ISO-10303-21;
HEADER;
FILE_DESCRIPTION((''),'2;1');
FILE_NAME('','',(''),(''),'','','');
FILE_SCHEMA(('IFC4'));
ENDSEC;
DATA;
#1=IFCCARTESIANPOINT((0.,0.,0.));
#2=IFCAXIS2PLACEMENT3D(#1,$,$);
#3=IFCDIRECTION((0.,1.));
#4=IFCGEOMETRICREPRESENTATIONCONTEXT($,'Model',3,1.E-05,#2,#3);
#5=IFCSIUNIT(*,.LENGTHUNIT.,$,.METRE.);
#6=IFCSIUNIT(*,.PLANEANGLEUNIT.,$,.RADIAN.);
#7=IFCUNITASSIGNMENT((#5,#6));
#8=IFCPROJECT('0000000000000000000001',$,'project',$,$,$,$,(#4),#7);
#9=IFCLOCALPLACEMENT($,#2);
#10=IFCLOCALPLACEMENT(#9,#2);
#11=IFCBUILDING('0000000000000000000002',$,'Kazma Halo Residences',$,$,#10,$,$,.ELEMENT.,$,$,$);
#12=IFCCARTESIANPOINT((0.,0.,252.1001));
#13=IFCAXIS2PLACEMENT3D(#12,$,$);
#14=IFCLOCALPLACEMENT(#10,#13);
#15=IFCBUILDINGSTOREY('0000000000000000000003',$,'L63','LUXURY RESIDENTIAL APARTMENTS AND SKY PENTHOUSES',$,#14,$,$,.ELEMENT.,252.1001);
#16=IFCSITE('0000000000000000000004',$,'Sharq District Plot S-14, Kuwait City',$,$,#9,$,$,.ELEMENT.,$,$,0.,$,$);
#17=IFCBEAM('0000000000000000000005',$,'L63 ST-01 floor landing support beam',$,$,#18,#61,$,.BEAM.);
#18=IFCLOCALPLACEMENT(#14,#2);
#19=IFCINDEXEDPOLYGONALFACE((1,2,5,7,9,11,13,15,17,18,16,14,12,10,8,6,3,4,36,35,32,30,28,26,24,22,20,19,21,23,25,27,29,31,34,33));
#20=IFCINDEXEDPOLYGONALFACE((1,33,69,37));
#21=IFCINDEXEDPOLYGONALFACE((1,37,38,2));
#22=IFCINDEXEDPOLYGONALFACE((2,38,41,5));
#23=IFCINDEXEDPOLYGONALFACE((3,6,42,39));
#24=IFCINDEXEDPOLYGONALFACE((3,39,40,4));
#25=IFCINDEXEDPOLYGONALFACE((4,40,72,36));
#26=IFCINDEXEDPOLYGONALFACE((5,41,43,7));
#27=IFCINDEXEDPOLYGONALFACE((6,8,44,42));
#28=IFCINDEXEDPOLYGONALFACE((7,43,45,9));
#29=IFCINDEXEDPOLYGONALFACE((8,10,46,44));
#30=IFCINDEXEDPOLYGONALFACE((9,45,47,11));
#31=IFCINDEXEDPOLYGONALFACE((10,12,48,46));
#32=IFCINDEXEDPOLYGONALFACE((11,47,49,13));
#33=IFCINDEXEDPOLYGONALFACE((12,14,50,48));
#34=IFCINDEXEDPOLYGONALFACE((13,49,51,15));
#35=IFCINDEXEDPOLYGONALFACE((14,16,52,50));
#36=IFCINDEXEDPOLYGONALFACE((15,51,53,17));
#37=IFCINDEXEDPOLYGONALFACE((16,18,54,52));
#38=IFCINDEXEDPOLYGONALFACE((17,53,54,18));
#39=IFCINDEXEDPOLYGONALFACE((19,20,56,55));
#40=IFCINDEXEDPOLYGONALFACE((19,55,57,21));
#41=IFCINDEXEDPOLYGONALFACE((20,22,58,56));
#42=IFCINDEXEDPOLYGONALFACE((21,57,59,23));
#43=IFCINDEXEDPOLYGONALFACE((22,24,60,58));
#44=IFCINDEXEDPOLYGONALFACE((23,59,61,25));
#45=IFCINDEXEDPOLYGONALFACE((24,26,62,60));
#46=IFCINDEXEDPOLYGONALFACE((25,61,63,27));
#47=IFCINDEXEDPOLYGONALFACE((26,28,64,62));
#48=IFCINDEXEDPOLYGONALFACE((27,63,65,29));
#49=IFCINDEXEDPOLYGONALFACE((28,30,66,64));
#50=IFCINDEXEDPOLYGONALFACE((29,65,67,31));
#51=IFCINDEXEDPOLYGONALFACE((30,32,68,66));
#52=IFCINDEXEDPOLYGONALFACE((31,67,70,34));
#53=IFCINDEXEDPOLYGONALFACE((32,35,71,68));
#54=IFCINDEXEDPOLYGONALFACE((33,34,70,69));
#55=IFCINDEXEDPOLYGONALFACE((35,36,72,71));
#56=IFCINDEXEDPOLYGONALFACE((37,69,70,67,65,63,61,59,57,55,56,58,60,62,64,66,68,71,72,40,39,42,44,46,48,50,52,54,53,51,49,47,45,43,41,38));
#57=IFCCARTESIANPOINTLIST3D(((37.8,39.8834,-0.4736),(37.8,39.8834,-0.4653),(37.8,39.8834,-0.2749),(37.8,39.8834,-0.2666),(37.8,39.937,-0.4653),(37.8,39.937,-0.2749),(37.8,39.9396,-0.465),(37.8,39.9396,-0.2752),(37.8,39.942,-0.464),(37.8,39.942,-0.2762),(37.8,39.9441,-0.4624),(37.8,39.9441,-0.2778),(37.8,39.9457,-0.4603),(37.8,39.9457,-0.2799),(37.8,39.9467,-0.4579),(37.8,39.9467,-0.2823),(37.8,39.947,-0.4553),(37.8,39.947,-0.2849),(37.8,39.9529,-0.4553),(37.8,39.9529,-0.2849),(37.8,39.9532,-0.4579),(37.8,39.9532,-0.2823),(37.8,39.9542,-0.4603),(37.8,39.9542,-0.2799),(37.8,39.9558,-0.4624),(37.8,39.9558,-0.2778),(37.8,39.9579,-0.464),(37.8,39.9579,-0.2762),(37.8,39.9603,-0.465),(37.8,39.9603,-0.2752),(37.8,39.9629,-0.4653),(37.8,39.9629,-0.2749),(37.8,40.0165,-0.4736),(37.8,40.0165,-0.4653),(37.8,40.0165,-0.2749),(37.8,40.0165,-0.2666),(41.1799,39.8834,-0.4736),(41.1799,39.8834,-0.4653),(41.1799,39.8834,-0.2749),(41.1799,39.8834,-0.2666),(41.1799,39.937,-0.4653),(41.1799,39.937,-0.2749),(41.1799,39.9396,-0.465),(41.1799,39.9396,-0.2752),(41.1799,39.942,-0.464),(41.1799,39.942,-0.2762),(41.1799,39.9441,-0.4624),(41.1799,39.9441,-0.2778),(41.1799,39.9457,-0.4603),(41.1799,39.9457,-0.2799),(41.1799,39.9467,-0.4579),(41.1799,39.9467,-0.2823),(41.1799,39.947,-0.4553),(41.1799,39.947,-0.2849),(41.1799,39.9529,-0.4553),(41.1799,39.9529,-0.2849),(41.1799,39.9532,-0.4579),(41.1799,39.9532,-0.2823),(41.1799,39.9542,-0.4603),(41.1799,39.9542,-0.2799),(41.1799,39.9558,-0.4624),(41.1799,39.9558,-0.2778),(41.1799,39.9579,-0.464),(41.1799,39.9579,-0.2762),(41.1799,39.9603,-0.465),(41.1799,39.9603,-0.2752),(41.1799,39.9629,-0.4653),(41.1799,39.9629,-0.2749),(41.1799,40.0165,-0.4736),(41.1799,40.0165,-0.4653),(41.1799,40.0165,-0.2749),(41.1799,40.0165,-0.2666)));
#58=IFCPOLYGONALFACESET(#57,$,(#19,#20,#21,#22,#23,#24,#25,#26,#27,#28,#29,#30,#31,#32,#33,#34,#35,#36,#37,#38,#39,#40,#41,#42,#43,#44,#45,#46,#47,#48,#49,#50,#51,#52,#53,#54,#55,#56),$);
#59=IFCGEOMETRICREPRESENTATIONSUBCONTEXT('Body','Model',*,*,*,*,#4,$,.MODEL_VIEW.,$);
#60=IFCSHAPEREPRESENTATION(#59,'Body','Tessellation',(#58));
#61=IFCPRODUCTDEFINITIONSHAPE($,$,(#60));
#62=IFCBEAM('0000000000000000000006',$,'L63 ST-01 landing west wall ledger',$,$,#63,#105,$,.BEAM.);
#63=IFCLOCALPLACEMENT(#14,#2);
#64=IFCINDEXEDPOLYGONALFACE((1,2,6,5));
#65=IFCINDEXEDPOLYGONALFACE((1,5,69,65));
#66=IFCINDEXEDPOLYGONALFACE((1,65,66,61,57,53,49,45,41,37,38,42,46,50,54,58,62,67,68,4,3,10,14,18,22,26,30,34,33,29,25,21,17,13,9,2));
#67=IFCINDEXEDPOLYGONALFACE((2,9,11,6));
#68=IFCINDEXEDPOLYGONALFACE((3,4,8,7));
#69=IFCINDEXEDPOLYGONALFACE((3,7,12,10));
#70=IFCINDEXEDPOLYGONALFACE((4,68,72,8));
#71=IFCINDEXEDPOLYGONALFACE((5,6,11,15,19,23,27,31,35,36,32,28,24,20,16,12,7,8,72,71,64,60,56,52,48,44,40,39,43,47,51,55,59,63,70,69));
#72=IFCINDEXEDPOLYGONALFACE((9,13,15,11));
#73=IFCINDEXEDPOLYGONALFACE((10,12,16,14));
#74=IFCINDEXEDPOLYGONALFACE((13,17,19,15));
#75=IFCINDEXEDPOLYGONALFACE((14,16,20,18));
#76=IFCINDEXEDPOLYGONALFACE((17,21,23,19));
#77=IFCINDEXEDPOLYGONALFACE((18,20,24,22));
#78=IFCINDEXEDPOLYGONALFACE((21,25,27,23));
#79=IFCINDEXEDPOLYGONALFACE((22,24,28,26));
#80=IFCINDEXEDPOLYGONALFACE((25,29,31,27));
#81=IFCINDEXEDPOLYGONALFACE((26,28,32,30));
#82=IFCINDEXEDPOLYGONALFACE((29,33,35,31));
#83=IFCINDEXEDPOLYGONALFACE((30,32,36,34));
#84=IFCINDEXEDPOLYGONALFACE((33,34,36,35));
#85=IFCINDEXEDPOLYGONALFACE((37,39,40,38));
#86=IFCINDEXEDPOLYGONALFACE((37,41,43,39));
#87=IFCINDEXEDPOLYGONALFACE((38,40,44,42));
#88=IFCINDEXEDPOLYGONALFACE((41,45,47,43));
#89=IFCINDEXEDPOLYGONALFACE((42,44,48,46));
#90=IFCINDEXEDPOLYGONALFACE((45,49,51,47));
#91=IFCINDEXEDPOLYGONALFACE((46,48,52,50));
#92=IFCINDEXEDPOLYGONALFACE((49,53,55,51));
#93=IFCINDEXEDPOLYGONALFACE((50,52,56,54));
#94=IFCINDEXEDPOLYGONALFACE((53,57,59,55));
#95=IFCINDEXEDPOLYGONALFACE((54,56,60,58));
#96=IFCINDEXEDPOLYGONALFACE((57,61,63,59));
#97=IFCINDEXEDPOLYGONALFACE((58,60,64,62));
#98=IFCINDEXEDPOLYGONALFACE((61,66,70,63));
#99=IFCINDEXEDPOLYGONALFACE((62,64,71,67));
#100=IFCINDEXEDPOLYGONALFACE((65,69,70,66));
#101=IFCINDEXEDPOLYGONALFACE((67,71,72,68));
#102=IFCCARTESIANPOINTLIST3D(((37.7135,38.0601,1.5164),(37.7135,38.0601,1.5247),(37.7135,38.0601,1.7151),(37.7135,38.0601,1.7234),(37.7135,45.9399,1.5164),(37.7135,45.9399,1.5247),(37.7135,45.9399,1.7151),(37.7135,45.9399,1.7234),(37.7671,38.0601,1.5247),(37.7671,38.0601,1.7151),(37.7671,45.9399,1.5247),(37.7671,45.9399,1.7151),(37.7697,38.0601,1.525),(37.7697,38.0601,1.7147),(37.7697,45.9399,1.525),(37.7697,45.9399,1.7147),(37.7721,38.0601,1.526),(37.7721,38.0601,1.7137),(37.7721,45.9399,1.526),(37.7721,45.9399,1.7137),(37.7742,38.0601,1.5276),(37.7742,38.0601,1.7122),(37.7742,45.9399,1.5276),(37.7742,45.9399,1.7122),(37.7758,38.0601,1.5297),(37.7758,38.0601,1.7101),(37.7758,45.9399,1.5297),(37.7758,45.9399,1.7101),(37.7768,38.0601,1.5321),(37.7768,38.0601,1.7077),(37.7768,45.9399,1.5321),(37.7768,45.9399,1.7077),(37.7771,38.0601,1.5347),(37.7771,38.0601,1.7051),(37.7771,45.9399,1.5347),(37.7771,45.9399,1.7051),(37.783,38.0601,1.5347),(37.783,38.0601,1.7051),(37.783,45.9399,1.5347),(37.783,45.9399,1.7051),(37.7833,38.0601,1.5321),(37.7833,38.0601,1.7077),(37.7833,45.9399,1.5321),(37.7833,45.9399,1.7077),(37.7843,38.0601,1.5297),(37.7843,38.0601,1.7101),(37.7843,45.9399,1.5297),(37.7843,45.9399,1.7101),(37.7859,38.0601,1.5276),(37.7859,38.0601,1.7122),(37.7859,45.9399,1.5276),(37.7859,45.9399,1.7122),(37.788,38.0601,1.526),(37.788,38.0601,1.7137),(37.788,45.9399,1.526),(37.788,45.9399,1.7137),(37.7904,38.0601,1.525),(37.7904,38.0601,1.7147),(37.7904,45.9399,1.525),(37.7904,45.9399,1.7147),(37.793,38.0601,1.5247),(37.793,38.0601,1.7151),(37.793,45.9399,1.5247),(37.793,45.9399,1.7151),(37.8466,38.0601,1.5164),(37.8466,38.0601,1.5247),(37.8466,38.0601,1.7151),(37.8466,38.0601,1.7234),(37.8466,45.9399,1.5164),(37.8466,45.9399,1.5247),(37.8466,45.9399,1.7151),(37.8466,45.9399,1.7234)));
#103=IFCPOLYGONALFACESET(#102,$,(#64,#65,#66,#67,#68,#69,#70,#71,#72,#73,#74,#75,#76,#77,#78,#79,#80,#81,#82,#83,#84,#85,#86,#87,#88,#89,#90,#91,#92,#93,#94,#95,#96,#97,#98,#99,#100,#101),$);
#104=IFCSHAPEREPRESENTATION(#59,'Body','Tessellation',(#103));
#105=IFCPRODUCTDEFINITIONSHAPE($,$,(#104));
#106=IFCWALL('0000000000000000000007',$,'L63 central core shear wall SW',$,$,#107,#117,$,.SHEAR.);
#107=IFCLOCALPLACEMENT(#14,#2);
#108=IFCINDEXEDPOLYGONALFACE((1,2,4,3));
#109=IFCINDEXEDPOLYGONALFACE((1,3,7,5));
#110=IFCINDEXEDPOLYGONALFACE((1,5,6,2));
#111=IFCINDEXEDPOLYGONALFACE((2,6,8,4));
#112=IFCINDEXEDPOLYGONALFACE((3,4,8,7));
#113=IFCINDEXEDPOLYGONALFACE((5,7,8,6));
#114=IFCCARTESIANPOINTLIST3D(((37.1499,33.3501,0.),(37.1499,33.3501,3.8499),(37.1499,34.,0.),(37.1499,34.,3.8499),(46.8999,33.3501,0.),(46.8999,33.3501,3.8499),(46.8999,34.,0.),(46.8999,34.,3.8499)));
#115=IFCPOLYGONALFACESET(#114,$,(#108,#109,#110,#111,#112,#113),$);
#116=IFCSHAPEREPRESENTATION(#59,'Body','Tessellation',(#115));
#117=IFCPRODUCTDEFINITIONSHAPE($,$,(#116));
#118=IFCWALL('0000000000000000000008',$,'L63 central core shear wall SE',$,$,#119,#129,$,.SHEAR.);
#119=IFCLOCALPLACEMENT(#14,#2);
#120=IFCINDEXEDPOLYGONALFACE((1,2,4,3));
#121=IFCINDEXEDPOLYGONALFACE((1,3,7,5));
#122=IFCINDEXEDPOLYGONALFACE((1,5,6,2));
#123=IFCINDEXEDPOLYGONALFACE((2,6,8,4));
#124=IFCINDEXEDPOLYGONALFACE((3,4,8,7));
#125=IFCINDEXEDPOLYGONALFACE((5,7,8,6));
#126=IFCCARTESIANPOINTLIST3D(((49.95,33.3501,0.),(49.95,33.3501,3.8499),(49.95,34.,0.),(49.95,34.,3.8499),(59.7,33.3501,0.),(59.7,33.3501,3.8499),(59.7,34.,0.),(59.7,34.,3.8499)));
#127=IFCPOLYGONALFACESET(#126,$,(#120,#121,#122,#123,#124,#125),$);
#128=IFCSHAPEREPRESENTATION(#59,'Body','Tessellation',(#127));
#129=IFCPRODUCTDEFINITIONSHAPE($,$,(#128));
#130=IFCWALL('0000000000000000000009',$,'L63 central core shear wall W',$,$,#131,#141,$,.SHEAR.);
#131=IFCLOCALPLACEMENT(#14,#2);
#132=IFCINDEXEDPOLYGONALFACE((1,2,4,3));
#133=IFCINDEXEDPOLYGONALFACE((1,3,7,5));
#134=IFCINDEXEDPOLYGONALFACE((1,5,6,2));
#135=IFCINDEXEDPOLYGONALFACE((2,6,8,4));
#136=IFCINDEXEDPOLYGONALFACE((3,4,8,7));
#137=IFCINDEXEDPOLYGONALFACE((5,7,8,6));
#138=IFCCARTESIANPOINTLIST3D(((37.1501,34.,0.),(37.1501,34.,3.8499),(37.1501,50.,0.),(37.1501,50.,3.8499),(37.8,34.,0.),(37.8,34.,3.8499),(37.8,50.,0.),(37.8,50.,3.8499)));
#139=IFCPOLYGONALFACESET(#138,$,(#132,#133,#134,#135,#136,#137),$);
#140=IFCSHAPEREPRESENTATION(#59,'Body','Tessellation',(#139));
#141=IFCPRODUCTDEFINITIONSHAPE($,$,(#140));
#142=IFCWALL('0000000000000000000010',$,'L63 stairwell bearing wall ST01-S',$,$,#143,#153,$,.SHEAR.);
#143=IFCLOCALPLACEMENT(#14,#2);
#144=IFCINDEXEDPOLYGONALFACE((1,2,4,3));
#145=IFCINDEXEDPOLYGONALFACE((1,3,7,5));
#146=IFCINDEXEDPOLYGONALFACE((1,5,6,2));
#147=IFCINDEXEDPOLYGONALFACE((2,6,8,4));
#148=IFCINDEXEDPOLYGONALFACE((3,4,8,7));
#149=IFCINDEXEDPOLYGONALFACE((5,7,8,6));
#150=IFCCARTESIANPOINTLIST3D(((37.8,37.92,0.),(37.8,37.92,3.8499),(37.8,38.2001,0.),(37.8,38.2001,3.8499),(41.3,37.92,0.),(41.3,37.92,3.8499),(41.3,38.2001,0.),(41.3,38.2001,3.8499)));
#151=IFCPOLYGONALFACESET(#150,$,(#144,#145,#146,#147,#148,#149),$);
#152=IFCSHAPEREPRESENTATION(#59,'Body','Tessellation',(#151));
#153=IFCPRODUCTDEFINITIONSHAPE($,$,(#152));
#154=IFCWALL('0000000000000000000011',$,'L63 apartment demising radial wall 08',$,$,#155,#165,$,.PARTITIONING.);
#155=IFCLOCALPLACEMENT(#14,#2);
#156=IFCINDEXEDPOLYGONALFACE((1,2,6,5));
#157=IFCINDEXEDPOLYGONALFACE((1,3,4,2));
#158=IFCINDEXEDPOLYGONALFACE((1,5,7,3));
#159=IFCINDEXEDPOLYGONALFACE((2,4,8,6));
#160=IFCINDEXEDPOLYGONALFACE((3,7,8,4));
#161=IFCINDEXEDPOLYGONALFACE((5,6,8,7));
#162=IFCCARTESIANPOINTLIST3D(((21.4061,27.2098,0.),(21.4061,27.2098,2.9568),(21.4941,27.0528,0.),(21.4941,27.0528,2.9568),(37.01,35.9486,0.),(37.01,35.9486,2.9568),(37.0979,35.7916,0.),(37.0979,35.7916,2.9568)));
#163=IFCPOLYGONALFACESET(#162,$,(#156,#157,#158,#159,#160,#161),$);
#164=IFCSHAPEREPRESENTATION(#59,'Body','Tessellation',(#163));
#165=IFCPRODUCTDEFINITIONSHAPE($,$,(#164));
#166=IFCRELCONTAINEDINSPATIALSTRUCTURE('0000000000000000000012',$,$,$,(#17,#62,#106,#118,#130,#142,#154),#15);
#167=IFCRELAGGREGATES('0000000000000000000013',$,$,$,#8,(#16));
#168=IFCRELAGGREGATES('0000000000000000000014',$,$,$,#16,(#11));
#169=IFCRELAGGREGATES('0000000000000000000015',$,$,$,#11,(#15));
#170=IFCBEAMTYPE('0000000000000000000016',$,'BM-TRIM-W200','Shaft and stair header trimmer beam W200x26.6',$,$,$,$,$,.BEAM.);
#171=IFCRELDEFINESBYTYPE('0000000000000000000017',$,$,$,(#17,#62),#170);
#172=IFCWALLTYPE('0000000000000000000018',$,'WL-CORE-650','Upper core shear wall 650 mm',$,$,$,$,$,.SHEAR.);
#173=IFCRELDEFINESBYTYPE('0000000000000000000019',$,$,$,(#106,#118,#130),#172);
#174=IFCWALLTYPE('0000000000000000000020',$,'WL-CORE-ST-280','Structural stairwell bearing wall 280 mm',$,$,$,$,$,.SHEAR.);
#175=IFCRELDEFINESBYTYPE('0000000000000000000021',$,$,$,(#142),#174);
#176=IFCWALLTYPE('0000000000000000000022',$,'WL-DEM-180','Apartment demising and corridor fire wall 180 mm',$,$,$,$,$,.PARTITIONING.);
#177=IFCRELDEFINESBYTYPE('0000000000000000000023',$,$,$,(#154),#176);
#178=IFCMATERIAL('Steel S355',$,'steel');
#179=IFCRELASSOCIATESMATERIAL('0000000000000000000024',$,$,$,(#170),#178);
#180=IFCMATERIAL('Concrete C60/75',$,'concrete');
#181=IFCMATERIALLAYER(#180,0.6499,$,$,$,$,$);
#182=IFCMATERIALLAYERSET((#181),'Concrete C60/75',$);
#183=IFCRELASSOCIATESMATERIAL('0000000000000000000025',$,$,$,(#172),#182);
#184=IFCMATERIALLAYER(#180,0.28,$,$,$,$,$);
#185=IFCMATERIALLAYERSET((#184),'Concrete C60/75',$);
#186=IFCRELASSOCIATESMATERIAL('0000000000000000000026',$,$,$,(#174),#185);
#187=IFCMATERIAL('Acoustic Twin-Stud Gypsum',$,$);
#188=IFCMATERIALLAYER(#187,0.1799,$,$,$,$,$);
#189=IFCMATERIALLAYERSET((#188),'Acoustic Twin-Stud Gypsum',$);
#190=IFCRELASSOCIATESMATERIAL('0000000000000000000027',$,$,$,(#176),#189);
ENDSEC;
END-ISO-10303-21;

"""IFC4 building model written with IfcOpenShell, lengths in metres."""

from ifc_helpers import new_model, si_unit, direction, frame, frame_2d, origin, origin_2d, place, context, subcontext, project, spatial, rectangle, i_section, extrude, material, layer, layer_set, material_profile, profile_set, type_object, element, save


model = new_model("IFC4")

# Units and contexts
model_context = context("Model", 3, precision=1e-05, world=origin(), true_north=direction((0.0, 1.0)))
body_context = subcontext(model_context, "Body", "Model", "MODEL_VIEW")
ifc_project = project(units=[si_unit("LENGTHUNIT", "METRE"), si_unit("PLANEANGLEUNIT", "RADIAN")], contexts=[model_context])

# Site, building, storey
site_placement = place(None, origin())
site = spatial("IfcSite", under=ifc_project, at=site_placement, Name="Sharq District Plot S-14, Kuwait City", CompositionType="ELEMENT", RefElevation=0.0)
building_placement = place(site_placement, origin())
building = spatial("IfcBuilding", under=site, at=building_placement, Name="Kazma Halo Residences", CompositionType="ELEMENT")
storey_placement = place(building_placement, frame((0.0, 0.0, 252.1001)))
storey = spatial("IfcBuildingStorey", under=building, at=storey_placement, Name="L63", Description="LUXURY RESIDENTIAL APARTMENTS AND SKY PENTHOUSES", CompositionType="ELEMENT", Elevation=252.1001)

# Beams
ifc_material_1 = material(Name="Steel S355", Category="steel")
ifc_material_profile_1 = material_profile(ifc_material_1, i_section(OverallWidth=0.1331, OverallDepth=0.207, WebThickness=0.0059, FlangeThickness=0.0083, FilletRadius=0.01, at=origin_2d()), Name="W200x26.6")
ifc_profile_set_1 = profile_set([ifc_material_profile_1], Name="Steel S355")
beam_type_1 = type_object("IfcBeamType", Name="BM-TRIM-W200", Description="Shaft and stair header trimmer beam W200x26.6", PredefinedType="BEAM", material=ifc_profile_set_1)
beam_1_placement = place(storey_placement, frame((37.8, 39.95, -0.3701), z_axis=(1.0, 0.0, 0.0), x_axis=(0.0, 1.0, 0.0)))
element("IfcBeam", 1, at=beam_1_placement, inside=storey, type_object=beam_type_1, Name="L63 ST-01 floor landing support beam", PredefinedType="BEAM", context=body_context, shape_type="SweptSolid", body=[
    extrude(i_section(OverallWidth=0.1331, OverallDepth=0.207, WebThickness=0.0059, FlangeThickness=0.0083, FilletRadius=0.01, at=origin_2d()), origin(), (0.0, 0.0, 1.0), 3.3799),
])
beam_2_placement = place(storey_placement, frame((37.78, 38.0601, 1.6199), z_axis=(0.0, 1.0, 0.0), x_axis=(-1.0, 0.0, 0.0)))
element("IfcBeam", 2, at=beam_2_placement, inside=storey, type_object=beam_type_1, Name="L63 ST-01 landing west wall ledger", PredefinedType="BEAM", context=body_context, shape_type="SweptSolid", body=[
    extrude(i_section(OverallWidth=0.1331, OverallDepth=0.207, WebThickness=0.0059, FlangeThickness=0.0083, FilletRadius=0.01, at=origin_2d()), origin(), (0.0, 0.0, 1.0), 7.8799),
])

# Walls
ifc_material_2 = material(Name="Concrete C60/75", Category="concrete")
ifc_layer_1 = layer(ifc_material_2, 0.6499)
ifc_layer_set_1 = layer_set([ifc_layer_1], Name="Concrete C60/75")
wall_type_1 = type_object("IfcWallType", Name="WL-CORE-650", Description="Upper core shear wall 650 mm", PredefinedType="SHEAR", material=ifc_layer_set_1)
for number, where, z_axis, x_axis, name in (
    (3, (37.1499, 33.675, 0.0), (0.0, 0.0, 1.0), (1.0, 0.0, 0.0), "L63 central core shear wall SW"),
    (4, (49.95, 33.675, 0.0), (0.0, 0.0, 1.0), (1.0, 0.0, 0.0), "L63 central core shear wall SE"),
):
    element("IfcWall", number, at=place(storey_placement, frame(where, z_axis=z_axis, x_axis=x_axis)), inside=storey, type_object=wall_type_1, Name=name, PredefinedType="SHEAR", context=body_context, shape_type="SweptSolid", body=[
        extrude(rectangle(XDim=9.75, YDim=0.6499, at=frame_2d((4.875, 0.0))), origin(), (0.0, 0.0, 1.0), 3.8499),
    ])
wall_1_placement = place(storey_placement, frame((37.4751, 34.0, 0.0), z_axis=(0.0, 0.0, 1.0), x_axis=(0.0, 1.0, 0.0)))
element("IfcWall", 5, at=wall_1_placement, inside=storey, type_object=wall_type_1, Name="L63 central core shear wall W", PredefinedType="SHEAR", context=body_context, shape_type="SweptSolid", body=[
    extrude(rectangle(XDim=16.0, YDim=0.6499, at=frame_2d((8.0, 0.0))), origin(), (0.0, 0.0, 1.0), 3.8499),
])
ifc_layer_2 = layer(ifc_material_2, 0.28)
ifc_layer_set_2 = layer_set([ifc_layer_2], Name="Concrete C60/75")
wall_type_2 = type_object("IfcWallType", Name="WL-CORE-ST-280", Description="Structural stairwell bearing wall 280 mm", PredefinedType="SHEAR", material=ifc_layer_set_2)
wall_2_placement = place(storey_placement, frame((37.8, 38.0601, 0.0), z_axis=(0.0, 0.0, 1.0), x_axis=(1.0, 0.0, 0.0)))
element("IfcWall", 6, at=wall_2_placement, inside=storey, type_object=wall_type_2, Name="L63 stairwell bearing wall ST01-S", PredefinedType="SHEAR", context=body_context, shape_type="SweptSolid", body=[
    extrude(rectangle(XDim=3.5, YDim=0.28, at=frame_2d((1.75, 0.0))), origin(), (0.0, 0.0, 1.0), 3.8499),
])
ifc_material_3 = material(Name="Acoustic Twin-Stud Gypsum")
ifc_layer_3 = layer(ifc_material_3, 0.1799)
ifc_layer_set_3 = layer_set([ifc_layer_3], Name="Acoustic Twin-Stud Gypsum")
wall_type_3 = type_object("IfcWallType", Name="WL-DEM-180", Description="Apartment demising and corridor fire wall 180 mm", PredefinedType="PARTITIONING", material=ifc_layer_set_3)
wall_3_placement = place(storey_placement, frame((37.054, 35.8701, 0.0), z_axis=(0.0, 0.0, 1.0), x_axis=(-0.87249, -0.488632, 0.0)))
element("IfcWall", 7, at=wall_3_placement, inside=storey, type_object=wall_type_3, Name="L63 apartment demising radial wall 08", PredefinedType="PARTITIONING", context=body_context, shape_type="SweptSolid", body=[
    extrude(rectangle(XDim=17.8843, YDim=0.1799, at=frame_2d((8.9421, 0.0))), origin(), (0.0, 0.0, 1.0), 2.9568),
])

save(model, "model.ifc")
